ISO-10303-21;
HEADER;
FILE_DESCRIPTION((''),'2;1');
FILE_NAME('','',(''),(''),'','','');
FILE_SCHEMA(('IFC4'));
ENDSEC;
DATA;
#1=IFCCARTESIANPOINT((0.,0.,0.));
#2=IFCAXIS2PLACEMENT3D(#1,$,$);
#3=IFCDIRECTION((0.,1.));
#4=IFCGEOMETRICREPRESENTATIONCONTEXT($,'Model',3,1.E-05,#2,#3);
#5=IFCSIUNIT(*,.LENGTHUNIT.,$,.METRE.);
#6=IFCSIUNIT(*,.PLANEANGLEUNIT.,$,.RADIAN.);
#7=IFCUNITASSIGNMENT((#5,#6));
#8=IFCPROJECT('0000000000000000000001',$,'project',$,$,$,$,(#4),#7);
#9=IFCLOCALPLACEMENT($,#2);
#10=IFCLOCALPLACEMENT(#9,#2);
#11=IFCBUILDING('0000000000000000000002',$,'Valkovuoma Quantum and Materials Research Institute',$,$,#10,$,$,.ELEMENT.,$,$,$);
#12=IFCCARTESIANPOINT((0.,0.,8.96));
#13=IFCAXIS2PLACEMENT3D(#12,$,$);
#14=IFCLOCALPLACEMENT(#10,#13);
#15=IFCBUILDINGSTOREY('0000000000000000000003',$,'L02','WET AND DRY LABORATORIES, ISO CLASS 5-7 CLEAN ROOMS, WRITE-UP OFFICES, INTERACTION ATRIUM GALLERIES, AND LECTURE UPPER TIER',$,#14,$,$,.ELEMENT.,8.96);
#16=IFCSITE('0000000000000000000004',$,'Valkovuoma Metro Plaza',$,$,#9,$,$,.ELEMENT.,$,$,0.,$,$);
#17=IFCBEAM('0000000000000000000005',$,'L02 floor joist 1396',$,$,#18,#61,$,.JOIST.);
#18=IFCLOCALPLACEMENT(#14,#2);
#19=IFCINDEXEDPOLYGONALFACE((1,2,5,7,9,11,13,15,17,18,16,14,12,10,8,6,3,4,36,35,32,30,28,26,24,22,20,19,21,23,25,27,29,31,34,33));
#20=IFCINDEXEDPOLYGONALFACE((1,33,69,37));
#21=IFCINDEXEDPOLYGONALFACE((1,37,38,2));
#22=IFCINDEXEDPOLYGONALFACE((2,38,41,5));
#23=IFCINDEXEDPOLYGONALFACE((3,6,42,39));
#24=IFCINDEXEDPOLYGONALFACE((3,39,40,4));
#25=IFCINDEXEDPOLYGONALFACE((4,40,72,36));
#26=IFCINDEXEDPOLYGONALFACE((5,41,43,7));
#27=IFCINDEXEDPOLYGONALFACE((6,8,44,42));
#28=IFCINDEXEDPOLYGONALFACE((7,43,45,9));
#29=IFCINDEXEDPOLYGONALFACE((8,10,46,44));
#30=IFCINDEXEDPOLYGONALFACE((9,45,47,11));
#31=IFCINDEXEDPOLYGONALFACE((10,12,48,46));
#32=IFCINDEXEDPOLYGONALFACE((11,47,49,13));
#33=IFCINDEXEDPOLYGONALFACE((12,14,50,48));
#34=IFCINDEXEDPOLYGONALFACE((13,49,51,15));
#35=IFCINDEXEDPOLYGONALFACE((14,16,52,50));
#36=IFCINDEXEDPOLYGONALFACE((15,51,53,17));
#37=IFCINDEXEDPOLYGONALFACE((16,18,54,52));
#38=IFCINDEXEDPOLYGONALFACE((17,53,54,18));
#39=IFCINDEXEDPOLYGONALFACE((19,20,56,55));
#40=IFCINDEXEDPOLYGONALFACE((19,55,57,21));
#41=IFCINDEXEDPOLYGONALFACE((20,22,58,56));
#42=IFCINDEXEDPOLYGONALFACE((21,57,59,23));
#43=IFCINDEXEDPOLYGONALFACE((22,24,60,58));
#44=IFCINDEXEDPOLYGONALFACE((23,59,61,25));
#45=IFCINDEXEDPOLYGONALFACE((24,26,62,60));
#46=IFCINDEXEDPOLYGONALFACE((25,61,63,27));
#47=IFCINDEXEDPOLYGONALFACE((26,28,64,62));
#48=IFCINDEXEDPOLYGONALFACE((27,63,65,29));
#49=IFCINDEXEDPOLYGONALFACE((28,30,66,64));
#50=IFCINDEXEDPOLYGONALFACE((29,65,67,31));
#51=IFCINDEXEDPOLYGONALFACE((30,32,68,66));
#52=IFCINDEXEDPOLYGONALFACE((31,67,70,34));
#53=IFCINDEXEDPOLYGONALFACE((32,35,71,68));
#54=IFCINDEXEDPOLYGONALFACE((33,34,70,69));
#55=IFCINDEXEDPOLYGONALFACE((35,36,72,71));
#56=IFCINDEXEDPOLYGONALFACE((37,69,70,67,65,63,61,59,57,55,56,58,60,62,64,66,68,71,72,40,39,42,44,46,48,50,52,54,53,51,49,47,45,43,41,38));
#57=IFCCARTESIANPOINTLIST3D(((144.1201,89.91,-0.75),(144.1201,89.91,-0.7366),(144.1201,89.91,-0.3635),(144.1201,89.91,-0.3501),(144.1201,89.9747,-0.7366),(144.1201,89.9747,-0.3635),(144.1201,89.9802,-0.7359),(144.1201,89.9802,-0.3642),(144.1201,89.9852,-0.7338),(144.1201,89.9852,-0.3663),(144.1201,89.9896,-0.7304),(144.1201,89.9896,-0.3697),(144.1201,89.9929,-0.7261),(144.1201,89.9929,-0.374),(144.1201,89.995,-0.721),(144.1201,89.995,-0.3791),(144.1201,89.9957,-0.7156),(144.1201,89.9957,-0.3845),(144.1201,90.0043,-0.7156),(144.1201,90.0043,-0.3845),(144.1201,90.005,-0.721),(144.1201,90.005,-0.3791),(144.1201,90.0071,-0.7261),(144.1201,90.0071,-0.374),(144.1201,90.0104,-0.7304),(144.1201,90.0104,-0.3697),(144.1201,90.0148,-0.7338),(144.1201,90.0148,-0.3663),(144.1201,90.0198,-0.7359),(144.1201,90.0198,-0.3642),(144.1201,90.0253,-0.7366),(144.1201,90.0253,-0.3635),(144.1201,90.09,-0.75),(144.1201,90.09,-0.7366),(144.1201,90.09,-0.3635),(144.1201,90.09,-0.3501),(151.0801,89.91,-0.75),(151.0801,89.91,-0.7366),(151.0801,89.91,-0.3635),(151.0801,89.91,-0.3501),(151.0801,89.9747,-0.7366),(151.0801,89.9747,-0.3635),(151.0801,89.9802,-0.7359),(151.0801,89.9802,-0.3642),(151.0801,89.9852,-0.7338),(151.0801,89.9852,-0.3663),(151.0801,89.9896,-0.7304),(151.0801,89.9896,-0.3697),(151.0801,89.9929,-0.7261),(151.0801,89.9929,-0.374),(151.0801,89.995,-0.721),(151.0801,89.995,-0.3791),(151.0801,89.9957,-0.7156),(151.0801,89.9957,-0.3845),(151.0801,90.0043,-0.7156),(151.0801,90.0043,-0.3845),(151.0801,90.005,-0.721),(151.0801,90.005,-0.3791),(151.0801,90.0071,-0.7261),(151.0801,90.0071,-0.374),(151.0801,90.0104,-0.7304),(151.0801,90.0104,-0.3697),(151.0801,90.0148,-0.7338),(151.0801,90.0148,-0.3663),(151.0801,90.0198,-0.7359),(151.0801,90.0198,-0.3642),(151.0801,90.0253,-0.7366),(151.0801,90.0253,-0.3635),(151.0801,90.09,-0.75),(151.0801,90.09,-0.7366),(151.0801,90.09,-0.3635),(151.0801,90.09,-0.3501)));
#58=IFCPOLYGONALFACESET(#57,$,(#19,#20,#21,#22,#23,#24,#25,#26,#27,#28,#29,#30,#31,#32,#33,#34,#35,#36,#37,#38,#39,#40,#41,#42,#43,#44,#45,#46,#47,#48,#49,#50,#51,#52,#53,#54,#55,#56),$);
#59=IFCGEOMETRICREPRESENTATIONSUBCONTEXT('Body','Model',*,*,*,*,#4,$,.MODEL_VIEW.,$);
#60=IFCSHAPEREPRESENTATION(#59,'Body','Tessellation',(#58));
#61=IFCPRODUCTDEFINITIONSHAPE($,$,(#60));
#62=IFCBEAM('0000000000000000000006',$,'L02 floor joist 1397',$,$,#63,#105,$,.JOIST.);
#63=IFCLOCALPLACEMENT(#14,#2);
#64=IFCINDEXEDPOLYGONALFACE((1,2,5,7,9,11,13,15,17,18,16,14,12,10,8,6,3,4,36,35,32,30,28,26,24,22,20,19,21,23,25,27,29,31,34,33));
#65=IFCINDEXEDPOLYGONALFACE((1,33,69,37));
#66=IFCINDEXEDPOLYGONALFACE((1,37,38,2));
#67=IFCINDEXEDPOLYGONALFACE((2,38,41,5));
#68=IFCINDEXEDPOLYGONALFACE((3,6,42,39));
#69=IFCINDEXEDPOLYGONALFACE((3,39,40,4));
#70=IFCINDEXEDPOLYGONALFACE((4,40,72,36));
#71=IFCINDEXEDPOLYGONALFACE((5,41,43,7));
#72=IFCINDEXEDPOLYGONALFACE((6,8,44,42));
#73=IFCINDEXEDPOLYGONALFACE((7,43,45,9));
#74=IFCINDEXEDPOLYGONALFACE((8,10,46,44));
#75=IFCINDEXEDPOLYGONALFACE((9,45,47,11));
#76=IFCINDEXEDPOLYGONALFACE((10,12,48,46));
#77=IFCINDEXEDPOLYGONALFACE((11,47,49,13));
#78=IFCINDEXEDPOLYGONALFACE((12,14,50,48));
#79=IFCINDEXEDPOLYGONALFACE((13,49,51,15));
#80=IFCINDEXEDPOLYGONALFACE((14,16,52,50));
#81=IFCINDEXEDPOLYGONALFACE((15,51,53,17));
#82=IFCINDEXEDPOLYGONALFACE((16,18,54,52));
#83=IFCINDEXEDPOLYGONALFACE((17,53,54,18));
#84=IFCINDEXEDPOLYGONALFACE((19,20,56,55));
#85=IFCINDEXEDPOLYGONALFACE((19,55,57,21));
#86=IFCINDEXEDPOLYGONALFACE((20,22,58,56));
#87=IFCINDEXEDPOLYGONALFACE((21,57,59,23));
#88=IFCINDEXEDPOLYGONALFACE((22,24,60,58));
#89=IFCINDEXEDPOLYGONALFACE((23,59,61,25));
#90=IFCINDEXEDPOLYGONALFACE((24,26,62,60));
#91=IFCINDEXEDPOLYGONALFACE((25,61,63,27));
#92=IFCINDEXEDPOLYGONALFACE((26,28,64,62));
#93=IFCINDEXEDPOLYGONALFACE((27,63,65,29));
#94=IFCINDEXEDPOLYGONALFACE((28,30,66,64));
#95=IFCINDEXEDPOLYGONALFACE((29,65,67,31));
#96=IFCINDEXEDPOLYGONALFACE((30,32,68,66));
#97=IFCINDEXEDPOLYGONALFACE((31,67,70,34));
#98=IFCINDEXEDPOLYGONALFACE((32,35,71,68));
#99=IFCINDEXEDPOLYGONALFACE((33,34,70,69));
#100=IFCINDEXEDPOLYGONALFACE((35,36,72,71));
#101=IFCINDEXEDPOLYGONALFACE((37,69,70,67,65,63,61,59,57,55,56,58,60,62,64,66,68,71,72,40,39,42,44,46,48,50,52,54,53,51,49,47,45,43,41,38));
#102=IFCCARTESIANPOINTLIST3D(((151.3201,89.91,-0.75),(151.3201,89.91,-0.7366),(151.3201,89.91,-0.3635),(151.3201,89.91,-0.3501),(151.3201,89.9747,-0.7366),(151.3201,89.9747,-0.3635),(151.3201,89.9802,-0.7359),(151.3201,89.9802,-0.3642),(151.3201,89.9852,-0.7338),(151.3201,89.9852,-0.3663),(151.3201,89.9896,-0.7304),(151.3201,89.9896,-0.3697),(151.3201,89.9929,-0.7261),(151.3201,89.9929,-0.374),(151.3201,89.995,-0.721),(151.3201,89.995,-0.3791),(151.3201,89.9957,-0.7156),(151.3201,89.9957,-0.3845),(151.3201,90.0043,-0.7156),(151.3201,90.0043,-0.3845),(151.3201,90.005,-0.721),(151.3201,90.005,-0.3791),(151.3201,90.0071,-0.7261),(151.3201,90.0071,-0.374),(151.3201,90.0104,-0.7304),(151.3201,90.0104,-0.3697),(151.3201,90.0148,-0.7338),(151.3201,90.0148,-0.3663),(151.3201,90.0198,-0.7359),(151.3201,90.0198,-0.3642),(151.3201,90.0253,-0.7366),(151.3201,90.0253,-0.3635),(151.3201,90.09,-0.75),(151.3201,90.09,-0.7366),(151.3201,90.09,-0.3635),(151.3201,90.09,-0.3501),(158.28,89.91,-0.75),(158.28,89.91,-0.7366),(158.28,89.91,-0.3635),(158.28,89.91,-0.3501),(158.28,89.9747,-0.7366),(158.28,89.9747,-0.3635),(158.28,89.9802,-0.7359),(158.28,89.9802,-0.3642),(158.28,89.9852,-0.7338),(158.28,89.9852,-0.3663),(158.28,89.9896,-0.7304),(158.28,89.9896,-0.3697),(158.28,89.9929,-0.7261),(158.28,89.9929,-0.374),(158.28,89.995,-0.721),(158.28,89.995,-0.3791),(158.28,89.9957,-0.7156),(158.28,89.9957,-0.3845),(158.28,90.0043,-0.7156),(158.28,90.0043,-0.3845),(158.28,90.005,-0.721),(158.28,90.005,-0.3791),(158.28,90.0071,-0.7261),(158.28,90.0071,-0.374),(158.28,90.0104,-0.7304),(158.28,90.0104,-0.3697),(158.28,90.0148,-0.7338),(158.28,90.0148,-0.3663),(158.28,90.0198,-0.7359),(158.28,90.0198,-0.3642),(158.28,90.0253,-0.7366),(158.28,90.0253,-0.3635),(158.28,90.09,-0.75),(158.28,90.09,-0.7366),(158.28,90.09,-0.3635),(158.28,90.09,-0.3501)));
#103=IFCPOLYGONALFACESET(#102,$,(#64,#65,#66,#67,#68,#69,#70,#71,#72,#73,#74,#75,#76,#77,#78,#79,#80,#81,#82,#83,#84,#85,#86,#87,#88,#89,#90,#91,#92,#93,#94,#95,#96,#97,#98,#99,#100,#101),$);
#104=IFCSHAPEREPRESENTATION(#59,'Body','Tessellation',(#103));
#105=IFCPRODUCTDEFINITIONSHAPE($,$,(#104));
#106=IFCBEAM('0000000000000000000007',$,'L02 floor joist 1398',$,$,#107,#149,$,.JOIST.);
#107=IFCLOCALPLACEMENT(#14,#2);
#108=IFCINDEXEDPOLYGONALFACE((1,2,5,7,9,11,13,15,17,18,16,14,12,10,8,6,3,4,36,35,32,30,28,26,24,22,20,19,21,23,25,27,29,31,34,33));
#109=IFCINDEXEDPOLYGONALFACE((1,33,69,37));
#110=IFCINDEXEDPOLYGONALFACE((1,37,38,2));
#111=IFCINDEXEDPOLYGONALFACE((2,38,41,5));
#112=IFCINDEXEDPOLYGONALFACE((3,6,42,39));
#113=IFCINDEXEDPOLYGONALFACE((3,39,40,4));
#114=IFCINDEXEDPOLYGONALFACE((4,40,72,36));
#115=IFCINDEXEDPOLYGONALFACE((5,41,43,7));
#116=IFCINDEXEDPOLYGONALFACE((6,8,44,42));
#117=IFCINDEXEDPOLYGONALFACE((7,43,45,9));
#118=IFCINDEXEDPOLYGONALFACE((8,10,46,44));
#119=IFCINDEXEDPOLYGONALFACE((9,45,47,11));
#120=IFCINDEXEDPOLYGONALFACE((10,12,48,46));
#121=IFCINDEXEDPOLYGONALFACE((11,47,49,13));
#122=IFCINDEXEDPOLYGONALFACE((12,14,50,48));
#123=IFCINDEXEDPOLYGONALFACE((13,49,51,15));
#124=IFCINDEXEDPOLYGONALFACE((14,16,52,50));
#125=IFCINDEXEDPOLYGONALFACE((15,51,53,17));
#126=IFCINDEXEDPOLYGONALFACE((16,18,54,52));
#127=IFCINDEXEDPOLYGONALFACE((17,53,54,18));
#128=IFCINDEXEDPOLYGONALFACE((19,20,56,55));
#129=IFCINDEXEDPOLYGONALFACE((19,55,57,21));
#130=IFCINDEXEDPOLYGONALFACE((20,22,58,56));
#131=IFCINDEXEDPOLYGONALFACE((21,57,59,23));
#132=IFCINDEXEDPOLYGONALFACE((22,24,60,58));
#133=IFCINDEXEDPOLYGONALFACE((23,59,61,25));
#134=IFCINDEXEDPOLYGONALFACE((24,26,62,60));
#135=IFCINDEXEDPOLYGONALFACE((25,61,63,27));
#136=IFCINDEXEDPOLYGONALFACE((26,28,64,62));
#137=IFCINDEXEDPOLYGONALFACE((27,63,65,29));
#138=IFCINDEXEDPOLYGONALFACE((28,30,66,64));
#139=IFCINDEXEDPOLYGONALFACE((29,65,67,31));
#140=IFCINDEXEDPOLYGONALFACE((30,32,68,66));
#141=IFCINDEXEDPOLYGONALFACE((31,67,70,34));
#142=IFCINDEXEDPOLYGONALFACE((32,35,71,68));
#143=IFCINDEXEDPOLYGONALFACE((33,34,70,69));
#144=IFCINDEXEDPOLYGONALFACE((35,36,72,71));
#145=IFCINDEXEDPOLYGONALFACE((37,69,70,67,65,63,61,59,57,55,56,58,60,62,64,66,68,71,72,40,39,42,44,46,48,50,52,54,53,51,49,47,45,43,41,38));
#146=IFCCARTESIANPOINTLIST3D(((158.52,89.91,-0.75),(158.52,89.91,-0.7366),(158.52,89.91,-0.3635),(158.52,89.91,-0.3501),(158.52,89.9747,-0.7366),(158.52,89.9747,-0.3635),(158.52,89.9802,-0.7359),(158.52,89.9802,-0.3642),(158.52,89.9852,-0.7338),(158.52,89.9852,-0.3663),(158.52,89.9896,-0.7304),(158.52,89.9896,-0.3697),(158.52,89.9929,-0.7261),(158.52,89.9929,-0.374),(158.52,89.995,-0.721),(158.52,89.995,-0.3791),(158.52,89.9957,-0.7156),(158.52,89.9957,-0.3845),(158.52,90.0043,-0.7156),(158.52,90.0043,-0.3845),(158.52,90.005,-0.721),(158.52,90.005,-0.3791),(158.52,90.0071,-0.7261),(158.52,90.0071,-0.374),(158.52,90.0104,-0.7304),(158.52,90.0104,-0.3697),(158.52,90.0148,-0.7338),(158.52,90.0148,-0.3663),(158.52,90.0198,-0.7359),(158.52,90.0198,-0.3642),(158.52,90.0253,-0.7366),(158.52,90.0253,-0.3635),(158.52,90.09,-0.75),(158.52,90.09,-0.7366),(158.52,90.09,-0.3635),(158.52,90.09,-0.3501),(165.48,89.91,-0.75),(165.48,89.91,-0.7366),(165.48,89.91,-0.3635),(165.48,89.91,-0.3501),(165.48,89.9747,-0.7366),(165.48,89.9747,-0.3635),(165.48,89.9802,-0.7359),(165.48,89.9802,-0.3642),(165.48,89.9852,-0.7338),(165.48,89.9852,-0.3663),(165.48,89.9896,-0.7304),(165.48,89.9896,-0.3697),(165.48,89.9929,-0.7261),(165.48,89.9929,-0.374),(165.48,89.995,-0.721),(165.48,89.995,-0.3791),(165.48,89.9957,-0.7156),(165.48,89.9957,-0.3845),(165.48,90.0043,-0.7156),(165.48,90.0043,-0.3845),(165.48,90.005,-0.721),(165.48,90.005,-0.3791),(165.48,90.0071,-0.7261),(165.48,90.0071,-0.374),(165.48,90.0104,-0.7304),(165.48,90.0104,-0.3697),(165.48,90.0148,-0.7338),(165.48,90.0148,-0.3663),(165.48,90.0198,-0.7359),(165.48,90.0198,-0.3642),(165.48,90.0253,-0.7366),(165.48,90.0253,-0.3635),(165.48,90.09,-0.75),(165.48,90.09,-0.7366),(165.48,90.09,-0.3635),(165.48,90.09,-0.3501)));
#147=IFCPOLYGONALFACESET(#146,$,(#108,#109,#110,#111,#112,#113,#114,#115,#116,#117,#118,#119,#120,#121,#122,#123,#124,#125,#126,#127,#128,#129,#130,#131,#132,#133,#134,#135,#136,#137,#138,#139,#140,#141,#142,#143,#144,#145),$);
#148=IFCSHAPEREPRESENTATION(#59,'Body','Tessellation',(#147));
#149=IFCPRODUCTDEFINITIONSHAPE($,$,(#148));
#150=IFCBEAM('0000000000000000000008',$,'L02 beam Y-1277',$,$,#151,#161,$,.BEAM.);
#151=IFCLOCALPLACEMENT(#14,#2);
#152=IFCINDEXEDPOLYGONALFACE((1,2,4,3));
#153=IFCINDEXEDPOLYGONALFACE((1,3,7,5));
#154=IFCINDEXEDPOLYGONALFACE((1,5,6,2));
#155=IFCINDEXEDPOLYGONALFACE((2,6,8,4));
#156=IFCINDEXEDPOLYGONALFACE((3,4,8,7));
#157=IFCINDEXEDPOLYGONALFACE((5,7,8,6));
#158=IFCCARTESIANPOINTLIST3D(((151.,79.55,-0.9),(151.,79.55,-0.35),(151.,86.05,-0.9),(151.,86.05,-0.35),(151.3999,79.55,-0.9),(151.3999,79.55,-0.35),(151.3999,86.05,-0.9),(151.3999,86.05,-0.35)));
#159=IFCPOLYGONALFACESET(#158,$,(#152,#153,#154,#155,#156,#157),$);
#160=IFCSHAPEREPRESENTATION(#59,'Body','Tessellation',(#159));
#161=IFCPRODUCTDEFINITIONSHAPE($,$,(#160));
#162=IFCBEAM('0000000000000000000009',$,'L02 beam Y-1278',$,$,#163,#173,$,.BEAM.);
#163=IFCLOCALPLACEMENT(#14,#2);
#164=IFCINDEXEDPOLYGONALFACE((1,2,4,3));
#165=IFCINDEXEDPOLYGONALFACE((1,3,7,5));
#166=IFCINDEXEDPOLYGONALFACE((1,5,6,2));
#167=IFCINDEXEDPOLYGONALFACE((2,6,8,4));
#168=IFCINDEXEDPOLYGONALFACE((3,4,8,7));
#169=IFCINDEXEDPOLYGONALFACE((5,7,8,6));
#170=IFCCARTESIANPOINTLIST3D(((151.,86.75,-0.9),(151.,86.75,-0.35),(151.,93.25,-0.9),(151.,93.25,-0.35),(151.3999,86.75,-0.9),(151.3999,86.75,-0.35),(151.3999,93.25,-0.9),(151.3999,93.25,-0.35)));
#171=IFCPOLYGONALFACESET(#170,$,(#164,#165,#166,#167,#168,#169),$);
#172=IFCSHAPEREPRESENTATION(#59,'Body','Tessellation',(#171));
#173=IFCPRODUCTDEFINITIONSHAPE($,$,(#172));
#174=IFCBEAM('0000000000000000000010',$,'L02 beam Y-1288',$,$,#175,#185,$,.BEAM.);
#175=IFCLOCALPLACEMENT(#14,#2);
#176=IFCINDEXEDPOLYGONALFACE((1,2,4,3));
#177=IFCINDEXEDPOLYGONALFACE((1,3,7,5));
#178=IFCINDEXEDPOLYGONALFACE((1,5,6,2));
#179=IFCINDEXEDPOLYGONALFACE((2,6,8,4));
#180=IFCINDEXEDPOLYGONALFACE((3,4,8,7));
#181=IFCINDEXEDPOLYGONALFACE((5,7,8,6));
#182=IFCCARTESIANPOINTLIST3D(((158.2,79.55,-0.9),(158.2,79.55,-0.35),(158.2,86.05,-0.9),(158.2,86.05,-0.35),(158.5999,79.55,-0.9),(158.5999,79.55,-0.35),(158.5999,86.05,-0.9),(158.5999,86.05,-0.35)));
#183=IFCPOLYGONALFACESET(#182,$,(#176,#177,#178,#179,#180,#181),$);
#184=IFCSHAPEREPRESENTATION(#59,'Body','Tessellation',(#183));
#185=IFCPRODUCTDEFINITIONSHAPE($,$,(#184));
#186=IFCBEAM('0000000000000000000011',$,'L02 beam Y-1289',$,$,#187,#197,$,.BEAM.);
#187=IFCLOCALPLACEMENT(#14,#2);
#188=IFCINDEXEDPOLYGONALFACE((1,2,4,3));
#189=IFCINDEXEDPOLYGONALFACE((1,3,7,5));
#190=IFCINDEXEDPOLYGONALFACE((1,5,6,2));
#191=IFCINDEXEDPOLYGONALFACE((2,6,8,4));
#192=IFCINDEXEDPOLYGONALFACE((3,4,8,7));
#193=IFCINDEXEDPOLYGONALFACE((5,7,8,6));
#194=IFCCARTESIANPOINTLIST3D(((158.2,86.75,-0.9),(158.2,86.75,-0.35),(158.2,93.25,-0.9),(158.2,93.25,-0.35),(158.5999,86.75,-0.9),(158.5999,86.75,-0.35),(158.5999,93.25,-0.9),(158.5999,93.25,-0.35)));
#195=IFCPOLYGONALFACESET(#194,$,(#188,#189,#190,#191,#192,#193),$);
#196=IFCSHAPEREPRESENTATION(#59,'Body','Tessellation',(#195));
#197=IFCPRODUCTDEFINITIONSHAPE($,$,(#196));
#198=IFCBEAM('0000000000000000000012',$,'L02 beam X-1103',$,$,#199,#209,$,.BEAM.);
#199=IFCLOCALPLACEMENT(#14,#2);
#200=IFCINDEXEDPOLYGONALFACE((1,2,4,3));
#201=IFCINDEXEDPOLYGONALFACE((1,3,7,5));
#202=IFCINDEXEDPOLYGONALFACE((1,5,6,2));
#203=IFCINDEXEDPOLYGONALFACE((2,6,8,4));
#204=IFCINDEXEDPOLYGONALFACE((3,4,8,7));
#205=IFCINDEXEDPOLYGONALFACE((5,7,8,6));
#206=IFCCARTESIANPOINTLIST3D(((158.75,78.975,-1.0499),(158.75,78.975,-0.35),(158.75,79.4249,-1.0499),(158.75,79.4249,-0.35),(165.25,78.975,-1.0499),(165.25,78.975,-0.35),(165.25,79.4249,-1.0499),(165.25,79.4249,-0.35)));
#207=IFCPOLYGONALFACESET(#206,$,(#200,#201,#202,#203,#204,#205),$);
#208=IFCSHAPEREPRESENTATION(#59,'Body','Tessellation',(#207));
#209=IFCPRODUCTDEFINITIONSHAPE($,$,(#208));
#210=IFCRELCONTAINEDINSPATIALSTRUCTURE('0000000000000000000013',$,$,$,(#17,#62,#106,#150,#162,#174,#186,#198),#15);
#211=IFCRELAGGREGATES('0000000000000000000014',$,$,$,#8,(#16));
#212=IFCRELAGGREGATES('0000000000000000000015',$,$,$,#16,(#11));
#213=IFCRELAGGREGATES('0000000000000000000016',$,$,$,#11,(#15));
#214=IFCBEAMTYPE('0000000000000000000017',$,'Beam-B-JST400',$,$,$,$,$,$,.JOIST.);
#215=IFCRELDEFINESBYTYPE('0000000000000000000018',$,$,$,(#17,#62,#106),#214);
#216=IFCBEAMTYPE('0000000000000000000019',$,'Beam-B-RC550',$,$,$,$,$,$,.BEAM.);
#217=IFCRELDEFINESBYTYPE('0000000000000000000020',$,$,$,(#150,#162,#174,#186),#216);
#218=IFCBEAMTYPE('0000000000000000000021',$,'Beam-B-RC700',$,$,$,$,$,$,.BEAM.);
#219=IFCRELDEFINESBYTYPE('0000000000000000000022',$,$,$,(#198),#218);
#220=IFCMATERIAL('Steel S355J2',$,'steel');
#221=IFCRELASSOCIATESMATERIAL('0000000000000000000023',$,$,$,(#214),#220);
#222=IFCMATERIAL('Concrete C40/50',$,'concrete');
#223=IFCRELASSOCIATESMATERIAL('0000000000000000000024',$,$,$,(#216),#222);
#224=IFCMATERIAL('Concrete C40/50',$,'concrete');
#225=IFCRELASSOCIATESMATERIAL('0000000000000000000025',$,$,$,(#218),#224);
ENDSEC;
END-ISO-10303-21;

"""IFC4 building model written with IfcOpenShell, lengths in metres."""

from ifc_helpers import new_model, si_unit, direction, frame, origin, origin_2d, place, context, subcontext, project, spatial, rectangle, i_section, extrude, material, material_profile, profile_set, type_object, element, save


model = new_model("IFC4")

# Units and contexts
model_context = context("Model", 3, precision=1e-05, world=origin(), true_north=direction((0.0, 1.0)))
body_context = subcontext(model_context, "Body", "Model", "MODEL_VIEW")
ifc_project = project(units=[si_unit("LENGTHUNIT", "METRE"), si_unit("PLANEANGLEUNIT", "RADIAN")], contexts=[model_context])

# Site, building, storey
site_placement = place(None, origin())
site = spatial("IfcSite", under=ifc_project, at=site_placement, Name="Valkovuoma Metro Plaza", CompositionType="ELEMENT", RefElevation=0.0)
building_placement = place(site_placement, origin())
building = spatial("IfcBuilding", under=site, at=building_placement, Name="Valkovuoma Quantum and Materials Research Institute", CompositionType="ELEMENT")
storey_placement = place(building_placement, frame((0.0, 0.0, 8.96)))
storey = spatial("IfcBuildingStorey", under=building, at=storey_placement, Name="L02", Description="WET AND DRY LABORATORIES, ISO CLASS 5-7 CLEAN ROOMS, WRITE-UP OFFICES, INTERACTION ATRIUM GALLERIES, AND LECTURE UPPER TIER", CompositionType="ELEMENT", Elevation=8.96)

# Beams
ifc_material_1 = material(Name="Steel S355J2", Category="steel")
ifc_material_profile_1 = material_profile(ifc_material_1, i_section(OverallWidth=0.1799, OverallDepth=0.3999, WebThickness=0.0085, FlangeThickness=0.0134, FilletRadius=0.021, at=origin_2d()), Name="Steel S355J2")
ifc_profile_set_1 = profile_set([ifc_material_profile_1], Name="Steel S355J2")
beam_type_1 = type_object("IfcBeamType", Name="Beam-B-JST400", PredefinedType="JOIST", material=ifc_profile_set_1)
for number, where, z_axis, x_axis, name in (
    (1, (144.1201, 90.0, -0.55), (1.0, 0.0, 0.0), (0.0, 1.0, 0.0), "L02 floor joist 1396"),
    (2, (151.3201, 90.0, -0.55), (1.0, 0.0, 0.0), (0.0, 1.0, 0.0), "L02 floor joist 1397"),
    (3, (158.52, 90.0, -0.55), (1.0, 0.0, 0.0), (0.0, 1.0, 0.0), "L02 floor joist 1398"),
):
    element("IfcBeam", number, at=place(storey_placement, frame(where, z_axis=z_axis, x_axis=x_axis)), inside=storey, type_object=beam_type_1, Name=name, PredefinedType="JOIST", context=body_context, shape_type="SweptSolid", body=[
        extrude(i_section(OverallWidth=0.1799, OverallDepth=0.3999, WebThickness=0.0085, FlangeThickness=0.0134, FilletRadius=0.021, at=origin_2d()), origin(), (0.0, 0.0, 1.0), 6.96),
    ])
ifc_material_2 = material(Name="Concrete C40/50", Category="concrete")
ifc_material_profile_2 = material_profile(ifc_material_2, rectangle(XDim=0.3999, YDim=0.55, at=origin_2d()), Name="Concrete C40/50")
ifc_profile_set_2 = profile_set([ifc_material_profile_2], Name="Concrete C40/50")
beam_type_2 = type_object("IfcBeamType", Name="Beam-B-RC550", PredefinedType="BEAM", material=ifc_profile_set_2)
for number, where, z_axis, x_axis, name in (
    (4, (151.2, 79.55, -0.625), (0.0, 1.0, 0.0), (-1.0, 0.0, 0.0), "L02 beam Y-1277"),
    (5, (151.2, 86.75, -0.625), (0.0, 1.0, 0.0), (-1.0, 0.0, 0.0), "L02 beam Y-1278"),
    (6, (158.3999, 79.55, -0.625), (0.0, 1.0, 0.0), (-1.0, 0.0, 0.0), "L02 beam Y-1288"),
    (7, (158.3999, 86.75, -0.625), (0.0, 1.0, 0.0), (-1.0, 0.0, 0.0), "L02 beam Y-1289"),
):
    element("IfcBeam", number, at=place(storey_placement, frame(where, z_axis=z_axis, x_axis=x_axis)), inside=storey, type_object=beam_type_2, Name=name, PredefinedType="BEAM", context=body_context, shape_type="SweptSolid", body=[
        extrude(rectangle(XDim=0.3999, YDim=0.55, at=origin_2d()), origin(), (0.0, 0.0, 1.0), 6.5),
    ])
ifc_material_3 = material(Name="Concrete C40/50", Category="concrete")
ifc_material_profile_3 = material_profile(ifc_material_3, rectangle(XDim=0.45, YDim=0.7, at=origin_2d()), Name="Concrete C40/50")
ifc_profile_set_3 = profile_set([ifc_material_profile_3], Name="Concrete C40/50")
beam_type_3 = type_object("IfcBeamType", Name="Beam-B-RC700", PredefinedType="BEAM", material=ifc_profile_set_3)
for number, where, z_axis, x_axis, name in (
    (8, (158.75, 79.2, -0.7), (1.0, 0.0, 0.0), (0.0, 1.0, 0.0), "L02 beam X-1103"),
):
    element("IfcBeam", number, at=place(storey_placement, frame(where, z_axis=z_axis, x_axis=x_axis)), inside=storey, type_object=beam_type_3, Name=name, PredefinedType="BEAM", context=body_context, shape_type="SweptSolid", body=[
        extrude(rectangle(XDim=0.45, YDim=0.7, at=origin_2d()), origin(), (0.0, 0.0, 1.0), 6.5),
    ])

save(model, "model.ifc")
